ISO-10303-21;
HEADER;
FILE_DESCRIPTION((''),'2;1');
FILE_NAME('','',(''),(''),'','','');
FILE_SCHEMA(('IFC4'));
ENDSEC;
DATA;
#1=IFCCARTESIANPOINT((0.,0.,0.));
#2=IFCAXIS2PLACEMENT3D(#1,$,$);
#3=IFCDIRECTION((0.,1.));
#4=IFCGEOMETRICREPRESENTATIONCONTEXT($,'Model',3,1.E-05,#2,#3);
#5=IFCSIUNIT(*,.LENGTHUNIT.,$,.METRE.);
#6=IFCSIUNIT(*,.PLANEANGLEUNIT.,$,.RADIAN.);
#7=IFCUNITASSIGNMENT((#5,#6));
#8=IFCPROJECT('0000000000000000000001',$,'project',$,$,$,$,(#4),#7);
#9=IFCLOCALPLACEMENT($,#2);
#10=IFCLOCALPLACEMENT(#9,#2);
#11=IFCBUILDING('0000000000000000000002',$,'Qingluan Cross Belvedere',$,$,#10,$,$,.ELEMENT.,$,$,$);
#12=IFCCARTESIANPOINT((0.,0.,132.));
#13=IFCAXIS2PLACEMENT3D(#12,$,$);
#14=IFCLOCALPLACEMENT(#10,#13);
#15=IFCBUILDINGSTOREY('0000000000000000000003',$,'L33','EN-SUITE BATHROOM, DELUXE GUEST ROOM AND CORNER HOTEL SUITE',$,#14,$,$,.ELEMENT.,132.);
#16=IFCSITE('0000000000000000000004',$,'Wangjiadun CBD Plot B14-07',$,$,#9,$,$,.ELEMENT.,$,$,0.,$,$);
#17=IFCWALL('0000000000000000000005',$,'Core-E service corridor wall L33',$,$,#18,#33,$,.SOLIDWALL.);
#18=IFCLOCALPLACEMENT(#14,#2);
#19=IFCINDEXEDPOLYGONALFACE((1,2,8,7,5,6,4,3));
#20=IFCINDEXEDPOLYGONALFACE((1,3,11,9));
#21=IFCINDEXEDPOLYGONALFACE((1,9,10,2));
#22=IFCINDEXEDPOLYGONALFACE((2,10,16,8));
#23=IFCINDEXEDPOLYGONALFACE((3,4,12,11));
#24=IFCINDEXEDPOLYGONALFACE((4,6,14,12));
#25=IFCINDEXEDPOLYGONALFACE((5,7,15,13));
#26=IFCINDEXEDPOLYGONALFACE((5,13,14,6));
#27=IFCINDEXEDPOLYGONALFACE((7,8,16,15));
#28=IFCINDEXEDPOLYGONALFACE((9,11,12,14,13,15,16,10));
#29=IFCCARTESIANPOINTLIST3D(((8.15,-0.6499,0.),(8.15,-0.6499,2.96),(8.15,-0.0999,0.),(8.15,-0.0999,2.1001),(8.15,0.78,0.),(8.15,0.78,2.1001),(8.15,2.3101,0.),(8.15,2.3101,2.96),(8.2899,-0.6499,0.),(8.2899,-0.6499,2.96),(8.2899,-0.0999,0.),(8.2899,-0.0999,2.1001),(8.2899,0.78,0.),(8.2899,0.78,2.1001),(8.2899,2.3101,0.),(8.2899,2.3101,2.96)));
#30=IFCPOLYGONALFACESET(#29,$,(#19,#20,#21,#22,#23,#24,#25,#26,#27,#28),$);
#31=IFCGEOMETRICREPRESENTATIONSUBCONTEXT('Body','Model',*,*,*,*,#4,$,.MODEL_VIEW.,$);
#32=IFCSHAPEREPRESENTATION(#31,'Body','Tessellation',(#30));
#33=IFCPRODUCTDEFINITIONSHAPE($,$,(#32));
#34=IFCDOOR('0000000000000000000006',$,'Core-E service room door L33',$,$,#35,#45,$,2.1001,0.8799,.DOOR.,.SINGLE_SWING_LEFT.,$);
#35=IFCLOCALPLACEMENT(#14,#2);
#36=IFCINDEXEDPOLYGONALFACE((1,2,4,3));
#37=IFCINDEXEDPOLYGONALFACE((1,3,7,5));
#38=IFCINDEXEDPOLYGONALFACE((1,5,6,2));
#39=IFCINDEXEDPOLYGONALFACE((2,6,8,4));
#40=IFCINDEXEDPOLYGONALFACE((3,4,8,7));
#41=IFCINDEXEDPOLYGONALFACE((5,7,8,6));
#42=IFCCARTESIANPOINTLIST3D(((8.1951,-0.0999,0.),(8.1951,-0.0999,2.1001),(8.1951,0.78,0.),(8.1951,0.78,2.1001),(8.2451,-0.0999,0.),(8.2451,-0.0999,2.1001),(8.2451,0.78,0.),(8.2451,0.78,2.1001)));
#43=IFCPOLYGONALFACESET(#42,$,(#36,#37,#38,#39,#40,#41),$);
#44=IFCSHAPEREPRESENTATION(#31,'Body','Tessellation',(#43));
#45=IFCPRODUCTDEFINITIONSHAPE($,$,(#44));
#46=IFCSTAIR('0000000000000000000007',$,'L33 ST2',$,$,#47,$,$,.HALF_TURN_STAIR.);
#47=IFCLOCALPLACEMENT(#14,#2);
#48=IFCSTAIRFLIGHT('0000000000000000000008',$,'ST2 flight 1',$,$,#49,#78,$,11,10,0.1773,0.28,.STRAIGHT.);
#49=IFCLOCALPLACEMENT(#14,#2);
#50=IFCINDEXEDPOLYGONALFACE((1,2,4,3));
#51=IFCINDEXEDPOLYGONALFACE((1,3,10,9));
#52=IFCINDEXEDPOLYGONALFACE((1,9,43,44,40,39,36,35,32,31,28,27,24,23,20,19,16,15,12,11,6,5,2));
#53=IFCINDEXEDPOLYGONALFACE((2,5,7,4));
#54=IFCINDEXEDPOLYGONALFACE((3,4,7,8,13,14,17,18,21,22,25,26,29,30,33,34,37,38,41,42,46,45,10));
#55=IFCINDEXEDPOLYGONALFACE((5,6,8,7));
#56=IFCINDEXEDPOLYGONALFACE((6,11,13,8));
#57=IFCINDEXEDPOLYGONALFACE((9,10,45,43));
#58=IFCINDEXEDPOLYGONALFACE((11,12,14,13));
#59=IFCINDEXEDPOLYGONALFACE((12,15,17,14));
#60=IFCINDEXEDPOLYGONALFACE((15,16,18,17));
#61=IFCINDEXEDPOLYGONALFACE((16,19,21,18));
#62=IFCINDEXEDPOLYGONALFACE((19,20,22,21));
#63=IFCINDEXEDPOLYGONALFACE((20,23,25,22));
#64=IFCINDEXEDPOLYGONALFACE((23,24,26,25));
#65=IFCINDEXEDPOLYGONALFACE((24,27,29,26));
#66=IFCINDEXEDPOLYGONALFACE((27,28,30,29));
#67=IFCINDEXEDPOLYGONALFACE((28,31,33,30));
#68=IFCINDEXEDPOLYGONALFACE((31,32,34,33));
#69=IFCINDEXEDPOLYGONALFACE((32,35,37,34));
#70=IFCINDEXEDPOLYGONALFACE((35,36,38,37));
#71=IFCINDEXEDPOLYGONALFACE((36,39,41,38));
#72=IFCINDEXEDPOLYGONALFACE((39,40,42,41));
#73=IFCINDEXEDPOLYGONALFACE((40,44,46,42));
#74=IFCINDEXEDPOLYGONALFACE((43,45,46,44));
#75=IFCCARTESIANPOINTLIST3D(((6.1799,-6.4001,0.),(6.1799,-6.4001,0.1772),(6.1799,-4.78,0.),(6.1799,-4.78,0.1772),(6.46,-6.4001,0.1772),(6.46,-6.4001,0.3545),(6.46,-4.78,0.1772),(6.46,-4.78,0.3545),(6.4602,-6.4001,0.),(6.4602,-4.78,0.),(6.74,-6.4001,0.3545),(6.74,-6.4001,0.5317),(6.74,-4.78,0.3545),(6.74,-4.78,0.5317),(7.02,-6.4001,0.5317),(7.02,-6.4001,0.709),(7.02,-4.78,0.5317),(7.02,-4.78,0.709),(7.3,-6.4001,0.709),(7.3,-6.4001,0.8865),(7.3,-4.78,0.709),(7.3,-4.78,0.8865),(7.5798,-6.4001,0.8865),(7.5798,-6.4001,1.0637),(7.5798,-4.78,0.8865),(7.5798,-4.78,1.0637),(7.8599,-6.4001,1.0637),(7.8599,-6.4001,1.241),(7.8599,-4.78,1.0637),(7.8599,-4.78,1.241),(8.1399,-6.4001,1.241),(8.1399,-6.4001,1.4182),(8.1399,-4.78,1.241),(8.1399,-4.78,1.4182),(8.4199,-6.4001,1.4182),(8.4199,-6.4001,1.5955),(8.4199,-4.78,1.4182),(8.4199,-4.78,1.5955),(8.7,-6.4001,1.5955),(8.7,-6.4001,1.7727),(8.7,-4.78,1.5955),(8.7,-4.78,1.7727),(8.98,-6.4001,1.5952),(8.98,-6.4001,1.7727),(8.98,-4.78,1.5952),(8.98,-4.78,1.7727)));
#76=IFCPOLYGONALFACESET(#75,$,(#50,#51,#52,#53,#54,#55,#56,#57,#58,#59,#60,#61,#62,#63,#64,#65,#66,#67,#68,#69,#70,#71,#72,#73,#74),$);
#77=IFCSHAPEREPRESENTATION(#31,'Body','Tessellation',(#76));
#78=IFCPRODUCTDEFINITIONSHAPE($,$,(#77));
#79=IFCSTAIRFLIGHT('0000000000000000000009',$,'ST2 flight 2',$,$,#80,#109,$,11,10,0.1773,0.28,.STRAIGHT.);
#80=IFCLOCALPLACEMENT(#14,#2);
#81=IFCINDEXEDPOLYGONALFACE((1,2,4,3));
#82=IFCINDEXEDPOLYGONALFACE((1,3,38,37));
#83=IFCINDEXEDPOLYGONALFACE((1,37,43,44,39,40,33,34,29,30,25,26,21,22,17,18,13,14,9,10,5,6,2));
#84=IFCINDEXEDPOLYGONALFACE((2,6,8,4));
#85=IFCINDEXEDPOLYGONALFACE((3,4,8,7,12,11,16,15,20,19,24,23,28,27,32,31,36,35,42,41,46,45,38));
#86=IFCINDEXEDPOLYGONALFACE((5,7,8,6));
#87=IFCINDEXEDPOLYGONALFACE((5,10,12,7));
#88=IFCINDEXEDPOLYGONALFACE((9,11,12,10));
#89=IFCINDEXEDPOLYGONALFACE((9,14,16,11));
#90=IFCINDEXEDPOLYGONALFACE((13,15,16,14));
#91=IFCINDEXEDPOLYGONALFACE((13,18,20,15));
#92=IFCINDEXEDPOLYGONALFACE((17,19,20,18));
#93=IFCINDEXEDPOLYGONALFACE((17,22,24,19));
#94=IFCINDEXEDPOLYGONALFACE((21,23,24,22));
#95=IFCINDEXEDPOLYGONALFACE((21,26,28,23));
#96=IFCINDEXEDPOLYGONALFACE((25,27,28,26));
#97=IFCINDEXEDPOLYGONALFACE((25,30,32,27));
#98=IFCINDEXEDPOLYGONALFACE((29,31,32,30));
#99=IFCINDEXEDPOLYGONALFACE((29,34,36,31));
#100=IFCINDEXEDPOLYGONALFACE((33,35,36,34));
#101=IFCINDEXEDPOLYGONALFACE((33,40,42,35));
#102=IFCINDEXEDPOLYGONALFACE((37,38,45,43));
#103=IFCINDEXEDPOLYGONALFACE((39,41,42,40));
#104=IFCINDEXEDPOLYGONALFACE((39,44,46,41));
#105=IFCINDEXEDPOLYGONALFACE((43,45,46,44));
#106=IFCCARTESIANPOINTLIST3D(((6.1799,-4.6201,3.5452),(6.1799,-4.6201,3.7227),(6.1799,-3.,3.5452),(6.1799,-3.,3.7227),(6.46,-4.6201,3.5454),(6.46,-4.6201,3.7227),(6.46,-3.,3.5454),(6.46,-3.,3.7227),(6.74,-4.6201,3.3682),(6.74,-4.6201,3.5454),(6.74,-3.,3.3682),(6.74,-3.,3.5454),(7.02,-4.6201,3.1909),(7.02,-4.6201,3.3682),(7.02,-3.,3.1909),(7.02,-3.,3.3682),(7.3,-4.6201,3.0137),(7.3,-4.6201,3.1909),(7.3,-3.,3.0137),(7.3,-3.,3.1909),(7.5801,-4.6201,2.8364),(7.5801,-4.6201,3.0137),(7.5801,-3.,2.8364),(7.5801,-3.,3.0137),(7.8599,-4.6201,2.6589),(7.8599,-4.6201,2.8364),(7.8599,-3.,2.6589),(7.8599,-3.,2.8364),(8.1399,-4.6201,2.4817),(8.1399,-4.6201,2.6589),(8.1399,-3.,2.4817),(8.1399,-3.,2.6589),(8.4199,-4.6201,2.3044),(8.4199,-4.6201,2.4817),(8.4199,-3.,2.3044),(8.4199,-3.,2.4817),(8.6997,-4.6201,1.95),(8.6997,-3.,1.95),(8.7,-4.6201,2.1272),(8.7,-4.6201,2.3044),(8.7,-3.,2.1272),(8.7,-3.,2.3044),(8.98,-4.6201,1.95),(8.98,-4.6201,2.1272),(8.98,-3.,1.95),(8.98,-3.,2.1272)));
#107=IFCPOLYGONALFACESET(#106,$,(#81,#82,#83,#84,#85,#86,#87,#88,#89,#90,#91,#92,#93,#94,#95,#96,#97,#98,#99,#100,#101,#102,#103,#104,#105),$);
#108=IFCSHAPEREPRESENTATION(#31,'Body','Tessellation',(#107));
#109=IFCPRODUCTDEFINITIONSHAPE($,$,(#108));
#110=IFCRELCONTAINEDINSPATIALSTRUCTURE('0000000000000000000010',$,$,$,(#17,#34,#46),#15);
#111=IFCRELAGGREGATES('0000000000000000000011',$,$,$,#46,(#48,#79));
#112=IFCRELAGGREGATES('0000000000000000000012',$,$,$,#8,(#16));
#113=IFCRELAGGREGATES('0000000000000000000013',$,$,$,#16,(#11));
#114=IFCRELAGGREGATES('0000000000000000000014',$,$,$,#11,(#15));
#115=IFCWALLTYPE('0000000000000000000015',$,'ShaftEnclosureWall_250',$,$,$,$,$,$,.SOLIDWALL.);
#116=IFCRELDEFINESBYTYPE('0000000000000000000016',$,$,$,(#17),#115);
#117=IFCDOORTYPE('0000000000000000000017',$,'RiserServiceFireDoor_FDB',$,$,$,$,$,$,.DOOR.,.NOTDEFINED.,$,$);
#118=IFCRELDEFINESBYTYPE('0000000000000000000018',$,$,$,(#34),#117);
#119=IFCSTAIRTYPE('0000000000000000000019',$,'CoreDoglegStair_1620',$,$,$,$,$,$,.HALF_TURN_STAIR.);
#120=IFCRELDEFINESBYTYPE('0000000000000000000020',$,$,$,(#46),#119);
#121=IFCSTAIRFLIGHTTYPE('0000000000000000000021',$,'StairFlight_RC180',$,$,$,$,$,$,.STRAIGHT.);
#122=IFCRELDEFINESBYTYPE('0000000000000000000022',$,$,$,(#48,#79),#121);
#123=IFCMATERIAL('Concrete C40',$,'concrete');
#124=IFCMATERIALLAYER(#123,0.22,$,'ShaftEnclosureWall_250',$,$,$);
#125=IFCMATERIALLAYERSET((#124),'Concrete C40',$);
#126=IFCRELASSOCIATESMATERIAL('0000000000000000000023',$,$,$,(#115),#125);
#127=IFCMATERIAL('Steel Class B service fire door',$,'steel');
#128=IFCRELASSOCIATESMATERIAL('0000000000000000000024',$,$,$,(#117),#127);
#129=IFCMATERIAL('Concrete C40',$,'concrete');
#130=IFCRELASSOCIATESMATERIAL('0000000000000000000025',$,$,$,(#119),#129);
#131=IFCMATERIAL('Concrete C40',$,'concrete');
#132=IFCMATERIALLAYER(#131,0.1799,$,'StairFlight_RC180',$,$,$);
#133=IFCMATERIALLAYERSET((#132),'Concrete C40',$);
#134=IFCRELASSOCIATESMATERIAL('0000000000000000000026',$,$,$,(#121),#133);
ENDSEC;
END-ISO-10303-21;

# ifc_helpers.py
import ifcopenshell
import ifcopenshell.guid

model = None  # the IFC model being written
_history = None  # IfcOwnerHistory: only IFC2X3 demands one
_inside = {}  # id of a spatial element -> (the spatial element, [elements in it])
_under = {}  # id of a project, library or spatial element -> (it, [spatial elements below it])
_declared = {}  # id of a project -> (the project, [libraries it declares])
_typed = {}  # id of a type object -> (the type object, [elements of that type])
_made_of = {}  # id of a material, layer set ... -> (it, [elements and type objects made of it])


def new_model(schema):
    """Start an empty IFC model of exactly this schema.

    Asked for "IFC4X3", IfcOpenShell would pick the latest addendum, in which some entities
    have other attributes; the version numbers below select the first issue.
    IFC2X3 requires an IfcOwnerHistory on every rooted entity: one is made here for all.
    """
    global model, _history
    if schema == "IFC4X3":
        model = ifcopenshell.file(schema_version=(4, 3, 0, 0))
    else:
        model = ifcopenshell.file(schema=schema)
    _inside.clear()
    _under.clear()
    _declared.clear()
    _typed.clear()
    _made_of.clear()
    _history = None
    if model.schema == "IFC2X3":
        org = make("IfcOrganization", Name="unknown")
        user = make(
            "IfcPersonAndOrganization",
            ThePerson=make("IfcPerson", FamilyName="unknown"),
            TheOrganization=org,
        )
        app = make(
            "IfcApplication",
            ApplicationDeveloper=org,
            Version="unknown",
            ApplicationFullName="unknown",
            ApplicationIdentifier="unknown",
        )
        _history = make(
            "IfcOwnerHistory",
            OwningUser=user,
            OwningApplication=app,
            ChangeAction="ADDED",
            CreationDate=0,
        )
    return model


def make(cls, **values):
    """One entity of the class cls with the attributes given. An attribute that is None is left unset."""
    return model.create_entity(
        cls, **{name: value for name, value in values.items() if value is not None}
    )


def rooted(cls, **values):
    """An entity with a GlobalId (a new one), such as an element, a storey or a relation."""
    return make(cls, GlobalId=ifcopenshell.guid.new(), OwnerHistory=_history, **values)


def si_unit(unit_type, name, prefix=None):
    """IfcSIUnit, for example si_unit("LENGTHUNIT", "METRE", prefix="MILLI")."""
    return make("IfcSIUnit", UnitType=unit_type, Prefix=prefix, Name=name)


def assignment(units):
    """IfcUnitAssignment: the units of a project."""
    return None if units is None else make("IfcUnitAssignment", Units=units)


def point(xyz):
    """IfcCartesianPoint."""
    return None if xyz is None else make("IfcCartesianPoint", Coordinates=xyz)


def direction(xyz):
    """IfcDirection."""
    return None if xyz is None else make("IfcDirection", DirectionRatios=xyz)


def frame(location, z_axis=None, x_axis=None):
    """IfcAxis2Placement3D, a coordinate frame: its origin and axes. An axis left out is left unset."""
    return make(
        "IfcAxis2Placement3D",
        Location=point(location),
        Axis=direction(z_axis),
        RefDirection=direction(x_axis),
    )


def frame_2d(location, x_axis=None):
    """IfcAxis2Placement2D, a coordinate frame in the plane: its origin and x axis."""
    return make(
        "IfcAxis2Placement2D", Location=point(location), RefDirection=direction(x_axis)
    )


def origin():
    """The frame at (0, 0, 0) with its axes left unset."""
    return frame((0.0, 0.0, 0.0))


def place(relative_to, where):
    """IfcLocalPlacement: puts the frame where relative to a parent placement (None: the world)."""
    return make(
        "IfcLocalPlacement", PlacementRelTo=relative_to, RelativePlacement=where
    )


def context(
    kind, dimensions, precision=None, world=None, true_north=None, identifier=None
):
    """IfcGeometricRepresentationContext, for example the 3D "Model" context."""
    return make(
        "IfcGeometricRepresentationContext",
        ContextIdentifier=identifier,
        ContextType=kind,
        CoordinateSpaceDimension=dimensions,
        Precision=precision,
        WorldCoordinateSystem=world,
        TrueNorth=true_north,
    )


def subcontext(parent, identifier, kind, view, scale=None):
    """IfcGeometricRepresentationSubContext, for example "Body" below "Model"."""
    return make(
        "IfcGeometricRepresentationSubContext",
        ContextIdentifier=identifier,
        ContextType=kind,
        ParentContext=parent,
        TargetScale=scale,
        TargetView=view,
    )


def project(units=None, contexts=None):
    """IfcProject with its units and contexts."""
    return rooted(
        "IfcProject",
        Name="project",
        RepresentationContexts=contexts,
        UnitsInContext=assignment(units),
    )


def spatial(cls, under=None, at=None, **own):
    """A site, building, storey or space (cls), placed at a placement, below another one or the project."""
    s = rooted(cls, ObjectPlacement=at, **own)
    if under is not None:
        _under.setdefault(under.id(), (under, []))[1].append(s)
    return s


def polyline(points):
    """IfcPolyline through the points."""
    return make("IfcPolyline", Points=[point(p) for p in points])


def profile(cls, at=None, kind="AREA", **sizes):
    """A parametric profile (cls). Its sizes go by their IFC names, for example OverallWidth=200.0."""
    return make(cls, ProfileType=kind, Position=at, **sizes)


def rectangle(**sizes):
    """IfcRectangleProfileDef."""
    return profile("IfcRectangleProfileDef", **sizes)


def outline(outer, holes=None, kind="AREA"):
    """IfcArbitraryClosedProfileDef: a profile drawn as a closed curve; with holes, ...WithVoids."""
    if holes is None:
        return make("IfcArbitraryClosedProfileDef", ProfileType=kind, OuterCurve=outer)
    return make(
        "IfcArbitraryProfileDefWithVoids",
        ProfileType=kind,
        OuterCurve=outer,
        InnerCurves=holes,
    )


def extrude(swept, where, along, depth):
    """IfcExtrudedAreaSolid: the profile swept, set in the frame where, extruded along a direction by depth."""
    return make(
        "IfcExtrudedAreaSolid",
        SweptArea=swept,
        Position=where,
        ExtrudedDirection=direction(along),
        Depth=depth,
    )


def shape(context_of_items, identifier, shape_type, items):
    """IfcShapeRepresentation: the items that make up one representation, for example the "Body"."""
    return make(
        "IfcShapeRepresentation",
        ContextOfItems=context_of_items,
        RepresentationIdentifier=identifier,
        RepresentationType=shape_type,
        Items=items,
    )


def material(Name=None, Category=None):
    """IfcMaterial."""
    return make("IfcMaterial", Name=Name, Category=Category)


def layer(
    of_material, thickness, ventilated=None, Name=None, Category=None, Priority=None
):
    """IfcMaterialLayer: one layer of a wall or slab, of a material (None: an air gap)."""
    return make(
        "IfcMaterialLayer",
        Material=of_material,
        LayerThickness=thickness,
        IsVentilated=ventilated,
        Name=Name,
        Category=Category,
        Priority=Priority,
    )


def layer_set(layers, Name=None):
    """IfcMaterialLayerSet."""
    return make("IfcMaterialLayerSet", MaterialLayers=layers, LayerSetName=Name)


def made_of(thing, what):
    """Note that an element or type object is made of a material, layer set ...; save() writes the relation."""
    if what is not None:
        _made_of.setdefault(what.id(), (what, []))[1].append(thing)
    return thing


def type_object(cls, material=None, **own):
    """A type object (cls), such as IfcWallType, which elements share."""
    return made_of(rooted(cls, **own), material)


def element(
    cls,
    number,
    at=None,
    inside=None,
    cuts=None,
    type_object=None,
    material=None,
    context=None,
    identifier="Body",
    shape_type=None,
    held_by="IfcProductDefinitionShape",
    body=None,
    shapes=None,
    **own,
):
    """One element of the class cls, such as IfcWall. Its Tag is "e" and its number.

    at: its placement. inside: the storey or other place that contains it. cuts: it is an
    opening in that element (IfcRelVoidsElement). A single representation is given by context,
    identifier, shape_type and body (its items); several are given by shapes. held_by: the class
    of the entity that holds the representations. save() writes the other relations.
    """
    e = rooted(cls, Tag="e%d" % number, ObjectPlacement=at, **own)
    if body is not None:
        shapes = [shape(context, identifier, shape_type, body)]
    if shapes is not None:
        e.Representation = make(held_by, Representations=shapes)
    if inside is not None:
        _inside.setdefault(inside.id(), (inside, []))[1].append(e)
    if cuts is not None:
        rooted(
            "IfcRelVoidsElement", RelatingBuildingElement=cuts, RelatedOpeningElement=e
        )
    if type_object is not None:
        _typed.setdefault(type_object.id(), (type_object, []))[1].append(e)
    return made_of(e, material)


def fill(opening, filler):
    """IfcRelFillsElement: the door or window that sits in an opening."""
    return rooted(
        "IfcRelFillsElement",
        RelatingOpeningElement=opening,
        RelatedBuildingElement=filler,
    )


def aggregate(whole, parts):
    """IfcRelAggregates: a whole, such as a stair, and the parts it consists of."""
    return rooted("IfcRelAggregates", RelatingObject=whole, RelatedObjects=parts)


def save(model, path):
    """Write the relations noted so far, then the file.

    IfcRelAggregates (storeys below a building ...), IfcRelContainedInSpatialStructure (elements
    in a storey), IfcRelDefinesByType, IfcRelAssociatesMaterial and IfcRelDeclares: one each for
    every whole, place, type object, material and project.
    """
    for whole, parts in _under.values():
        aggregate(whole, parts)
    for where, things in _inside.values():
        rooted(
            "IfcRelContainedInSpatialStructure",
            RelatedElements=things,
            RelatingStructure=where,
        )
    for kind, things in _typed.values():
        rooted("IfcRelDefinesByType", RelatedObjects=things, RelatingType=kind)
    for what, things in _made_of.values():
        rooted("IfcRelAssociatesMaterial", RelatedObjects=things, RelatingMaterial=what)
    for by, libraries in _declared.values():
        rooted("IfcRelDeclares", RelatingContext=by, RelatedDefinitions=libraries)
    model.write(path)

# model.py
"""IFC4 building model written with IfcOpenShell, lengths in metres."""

from ifc_helpers import new_model, si_unit, direction, frame, frame_2d, origin, place, context, subcontext, project, spatial, polyline, rectangle, outline, extrude, material, layer, layer_set, type_object, element, fill, aggregate, save


model = new_model("IFC4")

# Units and contexts
model_context = context("Model", 3, precision=1e-05, world=origin(), true_north=direction((0.0, 1.0)))
body_context = subcontext(model_context, "Body", "Model", "MODEL_VIEW")
ifc_project = project(units=[si_unit("LENGTHUNIT", "METRE"), si_unit("PLANEANGLEUNIT", "RADIAN")], contexts=[model_context])

# Site, building, storey
site_placement = place(None, origin())
site = spatial("IfcSite", under=ifc_project, at=site_placement, Name="Wangjiadun CBD Plot B14-07", CompositionType="ELEMENT", RefElevation=0.0)
building_placement = place(site_placement, origin())
building = spatial("IfcBuilding", under=site, at=building_placement, Name="Qingluan Cross Belvedere", CompositionType="ELEMENT")
storey_placement = place(building_placement, frame((0.0, 0.0, 132.0)))
storey = spatial("IfcBuildingStorey", under=building, at=storey_placement, Name="L33", Description="EN-SUITE BATHROOM, DELUXE GUEST ROOM AND CORNER HOTEL SUITE", CompositionType="ELEMENT", Elevation=132.0)

# Shared definitions
ifc_material_1 = material(Name="Concrete C40", Category="concrete")
ifc_layer_1 = layer(ifc_material_1, 0.22, Name="ShaftEnclosureWall_250")
ifc_layer_set_1 = layer_set([ifc_layer_1], Name="Concrete C40")
wall_type_1 = type_object("IfcWallType", Name="ShaftEnclosureWall_250", PredefinedType="SOLIDWALL", material=ifc_layer_set_1)

# Wall, opening, door
wall_1_placement = place(storey_placement, frame((8.22, -0.6499, 0.0), z_axis=(0.0, 0.0, 1.0), x_axis=(0.0, 1.0, 0.0)))
wall_1 = element("IfcWall", 1, at=wall_1_placement, inside=storey, type_object=wall_type_1, Name="Core-E service corridor wall L33", PredefinedType="SOLIDWALL", context=body_context, shape_type="SweptSolid", body=[
    extrude(rectangle(XDim=2.96, YDim=0.1399, at=frame_2d((1.48, 0.0))), origin(), (0.0, 0.0, 1.0), 2.96),
])
opening_1_placement = place(wall_1_placement, frame((0.55, 0.0, 0.0)))
opening_1 = element("IfcOpeningElement", 2, at=opening_1_placement, cuts=wall_1, PredefinedType="OPENING", context=body_context, shape_type="SweptSolid", body=[
    extrude(rectangle(XDim=0.8799, YDim=2.1001, at=frame_2d((0.4399, 1.05))), frame((0.0, 0.0798, 0.0), z_axis=(0.0, -1.0, 0.0), x_axis=(1.0, 0.0, 0.0)), (0.0, 0.0, 1.0), 0.1599),
])
ifc_material_2 = material(Name="Steel Class B service fire door", Category="steel")
door_type_1 = type_object("IfcDoorType", Name="RiserServiceFireDoor_FDB", OperationType="NOTDEFINED", PredefinedType="DOOR", material=ifc_material_2)
door_1_placement = place(opening_1_placement, origin())
door_1 = element("IfcDoor", 3, at=door_1_placement, inside=storey, type_object=door_type_1, Name="Core-E service room door L33", OperationType="SINGLE_SWING_LEFT", OverallHeight=2.1001, OverallWidth=0.8799, PredefinedType="DOOR", context=body_context, shape_type="SweptSolid", body=[
    extrude(rectangle(XDim=0.8799, YDim=2.1001, at=frame_2d((0.4399, 1.05))), frame((0.0, 0.0249, 0.0), z_axis=(0.0, -1.0, 0.0), x_axis=(1.0, 0.0, 0.0)), (0.0, 0.0, 1.0), 0.05),
])
fill(opening_1, door_1)

# Stair, stair flights
ifc_material_3 = material(Name="Concrete C40", Category="concrete")
stair_type = type_object("IfcStairType", Name="CoreDoglegStair_1620", PredefinedType="HALF_TURN_STAIR", material=ifc_material_3)
stair_placement = place(storey_placement, origin())
stair = element("IfcStair", 4, at=stair_placement, inside=storey, type_object=stair_type, Name="L33 ST2", PredefinedType="HALF_TURN_STAIR")
ifc_material_4 = material(Name="Concrete C40", Category="concrete")
ifc_layer_2 = layer(ifc_material_4, 0.1799, Name="StairFlight_RC180")
ifc_layer_set_2 = layer_set([ifc_layer_2], Name="Concrete C40")
stair_flight_type = type_object("IfcStairFlightType", Name="StairFlight_RC180", PredefinedType="STRAIGHT", material=ifc_layer_set_2)
stair_flight_1_placement = place(storey_placement, frame((6.1799, -5.5901, 0.0), z_axis=(0.0, 0.0, 1.0), x_axis=(1.0, 0.0, 0.0)))
stair_flight_1 = element("IfcStairFlight", 5, at=stair_flight_1_placement, type_object=stair_flight_type, Name="ST2 flight 1", NumberOfRisers=11, NumberOfTreads=10, PredefinedType="STRAIGHT", RiserHeight=0.1773, TreadLength=0.28, context=body_context, shape_type="SweptSolid", body=[
    extrude(outline(polyline([(0.0, 0.0), (0.0, 0.1772), (0.28, 0.1772), (0.28, 0.3545), (0.5601, 0.3545), (0.5601, 0.5317), (0.8401, 0.5317), (0.8401, 0.709), (1.1201, 0.709), (1.1201, 0.8865), (1.3999, 0.8865), (1.3999, 1.0637), (1.6799, 1.0637), (1.6799, 1.241), (1.96, 1.241), (1.96, 1.4182), (2.24, 1.4182), (2.24, 1.5955), (2.52, 1.5955), (2.52, 1.7727), (2.8, 1.7727), (2.8, 1.95), (2.8, 1.5952), (0.2803, 0.0), (0.0, 0.0)])), frame((0.0, 0.8101, 0.0), z_axis=(0.0, -1.0, 0.0), x_axis=(1.0, 0.0, 0.0)), (0.0, 0.0, 1.0), 1.6201),
])
stair_flight_2_placement = place(storey_placement, frame((8.98, -3.8101, 1.95), z_axis=(0.0, 0.0, 1.0), x_axis=(-1.0, 0.0, 0.0)))
stair_flight_2 = element("IfcStairFlight", 6, at=stair_flight_2_placement, type_object=stair_flight_type, Name="ST2 flight 2", NumberOfRisers=11, NumberOfTreads=10, PredefinedType="STRAIGHT", RiserHeight=0.1773, TreadLength=0.28, context=body_context, shape_type="SweptSolid", body=[
    extrude(outline(polyline([(0.0, 0.0), (0.0, 0.1772), (0.28, 0.1772), (0.28, 0.3545), (0.5601, 0.3545), (0.5601, 0.5317), (0.8401, 0.5317), (0.8401, 0.709), (1.1201, 0.709), (1.1201, 0.8865), (1.3999, 0.8865), (1.3999, 1.0637), (1.6799, 1.0637), (1.6799, 1.241), (1.96, 1.241), (1.96, 1.4182), (2.24, 1.4182), (2.24, 1.5955), (2.52, 1.5955), (2.52, 1.7727), (2.8, 1.7727), (2.8, 1.95), (2.8, 1.5952), (0.2803, 0.0), (0.0, 0.0)])), frame((0.0, 0.8101, 0.0), z_axis=(0.0, -1.0, 0.0), x_axis=(1.0, 0.0, 0.0)), (0.0, 0.0, 1.0), 1.6201),
])
aggregate(stair, [stair_flight_1, stair_flight_2])

save(model, "model.ifc")
